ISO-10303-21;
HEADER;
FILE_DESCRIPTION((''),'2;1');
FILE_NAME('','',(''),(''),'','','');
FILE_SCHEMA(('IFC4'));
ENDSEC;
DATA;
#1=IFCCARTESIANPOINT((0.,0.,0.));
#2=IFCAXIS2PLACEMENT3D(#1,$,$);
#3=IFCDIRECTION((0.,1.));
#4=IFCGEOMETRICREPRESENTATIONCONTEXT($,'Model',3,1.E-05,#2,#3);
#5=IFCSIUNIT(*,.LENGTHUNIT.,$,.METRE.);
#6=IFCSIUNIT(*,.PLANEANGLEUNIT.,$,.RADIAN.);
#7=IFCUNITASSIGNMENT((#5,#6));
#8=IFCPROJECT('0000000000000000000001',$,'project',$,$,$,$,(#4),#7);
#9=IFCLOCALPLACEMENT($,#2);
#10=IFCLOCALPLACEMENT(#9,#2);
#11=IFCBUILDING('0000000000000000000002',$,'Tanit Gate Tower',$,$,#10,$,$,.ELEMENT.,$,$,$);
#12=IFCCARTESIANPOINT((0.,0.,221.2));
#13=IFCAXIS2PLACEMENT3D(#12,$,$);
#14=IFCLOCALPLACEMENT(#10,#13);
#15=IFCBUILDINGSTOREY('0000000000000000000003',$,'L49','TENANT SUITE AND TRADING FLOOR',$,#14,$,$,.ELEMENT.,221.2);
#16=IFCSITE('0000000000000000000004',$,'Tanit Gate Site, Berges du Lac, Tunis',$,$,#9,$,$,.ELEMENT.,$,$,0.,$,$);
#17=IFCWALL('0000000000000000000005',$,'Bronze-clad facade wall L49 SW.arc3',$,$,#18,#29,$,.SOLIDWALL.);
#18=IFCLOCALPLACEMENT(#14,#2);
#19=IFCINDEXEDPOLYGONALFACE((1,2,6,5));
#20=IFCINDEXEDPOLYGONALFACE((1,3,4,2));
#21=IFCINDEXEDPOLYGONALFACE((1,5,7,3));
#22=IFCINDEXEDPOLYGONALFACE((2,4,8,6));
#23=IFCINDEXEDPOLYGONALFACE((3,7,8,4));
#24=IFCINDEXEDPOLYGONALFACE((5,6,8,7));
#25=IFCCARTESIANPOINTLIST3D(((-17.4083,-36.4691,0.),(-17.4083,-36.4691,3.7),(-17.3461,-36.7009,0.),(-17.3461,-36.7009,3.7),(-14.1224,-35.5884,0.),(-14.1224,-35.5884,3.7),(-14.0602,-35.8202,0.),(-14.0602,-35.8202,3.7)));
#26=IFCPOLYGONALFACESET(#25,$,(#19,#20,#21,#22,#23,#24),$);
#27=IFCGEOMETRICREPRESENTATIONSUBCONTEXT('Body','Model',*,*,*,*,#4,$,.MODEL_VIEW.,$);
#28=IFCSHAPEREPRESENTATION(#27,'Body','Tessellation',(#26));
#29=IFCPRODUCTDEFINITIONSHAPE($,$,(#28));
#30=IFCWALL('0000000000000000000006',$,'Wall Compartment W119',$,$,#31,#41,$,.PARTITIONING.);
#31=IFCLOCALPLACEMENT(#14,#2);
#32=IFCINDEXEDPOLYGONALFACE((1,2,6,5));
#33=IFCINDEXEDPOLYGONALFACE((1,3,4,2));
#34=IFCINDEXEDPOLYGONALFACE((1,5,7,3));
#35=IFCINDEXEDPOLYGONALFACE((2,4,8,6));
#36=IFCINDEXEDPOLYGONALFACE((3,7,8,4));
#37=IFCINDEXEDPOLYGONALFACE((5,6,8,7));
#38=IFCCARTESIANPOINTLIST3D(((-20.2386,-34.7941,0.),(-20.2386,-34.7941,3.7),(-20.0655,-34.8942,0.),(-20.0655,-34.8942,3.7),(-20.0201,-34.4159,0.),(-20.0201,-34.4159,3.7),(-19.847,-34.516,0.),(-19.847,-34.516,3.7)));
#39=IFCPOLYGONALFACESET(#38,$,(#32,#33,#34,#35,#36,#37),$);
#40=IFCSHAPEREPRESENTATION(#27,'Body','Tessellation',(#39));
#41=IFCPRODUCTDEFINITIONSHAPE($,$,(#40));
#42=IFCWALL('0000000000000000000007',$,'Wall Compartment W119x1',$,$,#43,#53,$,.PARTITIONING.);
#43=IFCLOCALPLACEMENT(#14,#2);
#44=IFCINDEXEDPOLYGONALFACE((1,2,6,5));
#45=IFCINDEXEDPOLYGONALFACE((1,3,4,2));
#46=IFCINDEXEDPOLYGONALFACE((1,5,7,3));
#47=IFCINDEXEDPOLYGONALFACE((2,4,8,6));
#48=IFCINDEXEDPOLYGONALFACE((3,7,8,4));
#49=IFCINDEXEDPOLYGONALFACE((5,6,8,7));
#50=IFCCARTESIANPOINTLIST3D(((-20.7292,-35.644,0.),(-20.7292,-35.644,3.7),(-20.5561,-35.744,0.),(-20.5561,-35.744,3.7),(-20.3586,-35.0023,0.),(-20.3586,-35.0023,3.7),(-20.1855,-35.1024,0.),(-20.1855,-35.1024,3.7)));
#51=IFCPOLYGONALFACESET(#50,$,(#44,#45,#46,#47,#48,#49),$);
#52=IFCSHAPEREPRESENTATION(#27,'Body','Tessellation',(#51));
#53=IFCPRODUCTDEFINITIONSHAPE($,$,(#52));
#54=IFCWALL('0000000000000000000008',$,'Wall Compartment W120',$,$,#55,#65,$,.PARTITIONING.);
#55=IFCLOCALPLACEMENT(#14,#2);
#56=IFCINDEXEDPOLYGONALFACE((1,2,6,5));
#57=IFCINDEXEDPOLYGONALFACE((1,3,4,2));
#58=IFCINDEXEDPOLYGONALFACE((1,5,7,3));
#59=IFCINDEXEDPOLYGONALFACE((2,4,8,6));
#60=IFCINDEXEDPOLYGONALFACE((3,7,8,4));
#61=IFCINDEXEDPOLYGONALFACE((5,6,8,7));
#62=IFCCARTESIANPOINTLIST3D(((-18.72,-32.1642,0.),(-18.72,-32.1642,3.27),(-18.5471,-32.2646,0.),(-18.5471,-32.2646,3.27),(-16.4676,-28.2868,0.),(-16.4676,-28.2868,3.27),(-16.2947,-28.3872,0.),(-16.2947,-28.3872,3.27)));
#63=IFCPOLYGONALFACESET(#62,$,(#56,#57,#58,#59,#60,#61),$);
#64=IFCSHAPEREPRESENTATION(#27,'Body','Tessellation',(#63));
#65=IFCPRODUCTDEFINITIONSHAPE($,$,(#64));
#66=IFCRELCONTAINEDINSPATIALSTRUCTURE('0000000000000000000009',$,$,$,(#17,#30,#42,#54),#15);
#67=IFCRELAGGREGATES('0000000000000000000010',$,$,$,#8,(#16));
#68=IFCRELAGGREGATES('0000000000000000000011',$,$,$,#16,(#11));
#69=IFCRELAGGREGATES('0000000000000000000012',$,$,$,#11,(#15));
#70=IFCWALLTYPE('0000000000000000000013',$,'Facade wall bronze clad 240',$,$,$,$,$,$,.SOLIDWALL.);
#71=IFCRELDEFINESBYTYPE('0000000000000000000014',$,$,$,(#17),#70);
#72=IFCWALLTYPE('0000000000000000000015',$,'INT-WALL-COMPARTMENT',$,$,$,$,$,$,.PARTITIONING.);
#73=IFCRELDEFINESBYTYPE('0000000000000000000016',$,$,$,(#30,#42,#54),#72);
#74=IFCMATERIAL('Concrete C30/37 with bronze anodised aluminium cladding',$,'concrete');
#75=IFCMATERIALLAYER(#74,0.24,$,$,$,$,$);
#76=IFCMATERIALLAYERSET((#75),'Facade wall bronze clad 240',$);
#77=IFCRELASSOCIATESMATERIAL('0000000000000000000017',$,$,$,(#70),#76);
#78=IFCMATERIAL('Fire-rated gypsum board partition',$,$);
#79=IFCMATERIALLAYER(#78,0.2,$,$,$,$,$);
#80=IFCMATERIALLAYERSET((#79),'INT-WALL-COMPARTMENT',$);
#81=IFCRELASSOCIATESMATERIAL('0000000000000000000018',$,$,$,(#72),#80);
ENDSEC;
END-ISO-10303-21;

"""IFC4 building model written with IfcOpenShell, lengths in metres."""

from ifc_helpers import new_model, si_unit, direction, frame, frame_2d, origin, place, context, subcontext, project, spatial, rectangle, extrude, material, layer, layer_set, type_object, element, save


model = new_model("IFC4")

# Units and contexts
model_context = context("Model", 3, precision=1e-05, world=origin(), true_north=direction((0.0, 1.0)))
body_context = subcontext(model_context, "Body", "Model", "MODEL_VIEW")
ifc_project = project(units=[si_unit("LENGTHUNIT", "METRE"), si_unit("PLANEANGLEUNIT", "RADIAN")], contexts=[model_context])

# Site, building, storey
site_placement = place(None, origin())
site = spatial("IfcSite", under=ifc_project, at=site_placement, Name="Tanit Gate Site, Berges du Lac, Tunis", CompositionType="ELEMENT", RefElevation=0.0)
building_placement = place(site_placement, origin())
building = spatial("IfcBuilding", under=site, at=building_placement, Name="Tanit Gate Tower", CompositionType="ELEMENT")
storey_placement = place(building_placement, frame((0.0, 0.0, 221.2)))
storey = spatial("IfcBuildingStorey", under=building, at=storey_placement, Name="L49", Description="TENANT SUITE AND TRADING FLOOR", CompositionType="ELEMENT", Elevation=221.2)

# Walls
ifc_material_1 = material(Name="Concrete C30/37 with bronze anodised aluminium cladding", Category="concrete")
ifc_layer_1 = layer(ifc_material_1, 0.24)
ifc_layer_set_1 = layer_set([ifc_layer_1], Name="Facade wall bronze clad 240")
wall_type_1 = type_object("IfcWallType", Name="Facade wall bronze clad 240", PredefinedType="SOLIDWALL", material=ifc_layer_set_1)
wall_1_placement = place(storey_placement, frame((-17.3772, -36.585, 0.0), z_axis=(0.0, 0.0, 1.0), x_axis=(0.965914, 0.258864, 0.0)))
element("IfcWall", 1, at=wall_1_placement, inside=storey, type_object=wall_type_1, Name="Bronze-clad facade wall L49 SW.arc3", PredefinedType="SOLIDWALL", context=body_context, shape_type="SweptSolid", body=[
    extrude(rectangle(XDim=3.4019, YDim=0.24, at=frame_2d((1.7009, 0.0))), origin(), (0.0, 0.0, 1.0), 3.7),
])
ifc_material_2 = material(Name="Fire-rated gypsum board partition")
ifc_layer_2 = layer(ifc_material_2, 0.2)
ifc_layer_set_2 = layer_set([ifc_layer_2], Name="INT-WALL-COMPARTMENT")
wall_type_2 = type_object("IfcWallType", Name="INT-WALL-COMPARTMENT", PredefinedType="PARTITIONING", material=ifc_layer_set_2)
wall_2_placement = place(storey_placement, frame((-19.9336, -34.4661, 0.0), z_axis=(0.0, 0.0, 1.0), x_axis=(-0.500287, -0.86586, 0.0)))
element("IfcWall", 2, at=wall_2_placement, inside=storey, type_object=wall_type_2, Name="Wall Compartment W119", PredefinedType="PARTITIONING", context=body_context, shape_type="SweptSolid", body=[
    extrude(rectangle(XDim=0.4368, YDim=0.2, at=frame_2d((0.2183, 0.0))), origin(), (0.0, 0.0, 1.0), 3.7),
])
wall_3_placement = place(storey_placement, frame((-20.272, -35.0522, 0.0), z_axis=(0.0, 0.0, 1.0), x_axis=(-0.500179, -0.865922, 0.0)))
element("IfcWall", 3, at=wall_3_placement, inside=storey, type_object=wall_type_2, Name="Wall Compartment W119x1", PredefinedType="PARTITIONING", context=body_context, shape_type="SweptSolid", body=[
    extrude(rectangle(XDim=0.741, YDim=0.2, at=frame_2d((0.3706, 0.0))), origin(), (0.0, 0.0, 1.0), 3.7),
])
wall_4_placement = place(storey_placement, frame((-16.3811, -28.3369, 0.0), z_axis=(0.0, 0.0, 1.0), x_axis=(-0.502306, -0.86469, 0.0)))
element("IfcWall", 4, at=wall_4_placement, inside=storey, type_object=wall_type_2, Name="Wall Compartment W120", PredefinedType="PARTITIONING", context=body_context, shape_type="SweptSolid", body=[
    extrude(rectangle(XDim=4.4841, YDim=0.2, at=frame_2d((2.2422, 0.0))), origin(), (0.0, 0.0, 1.0), 3.27),
])

save(model, "model.ifc")
